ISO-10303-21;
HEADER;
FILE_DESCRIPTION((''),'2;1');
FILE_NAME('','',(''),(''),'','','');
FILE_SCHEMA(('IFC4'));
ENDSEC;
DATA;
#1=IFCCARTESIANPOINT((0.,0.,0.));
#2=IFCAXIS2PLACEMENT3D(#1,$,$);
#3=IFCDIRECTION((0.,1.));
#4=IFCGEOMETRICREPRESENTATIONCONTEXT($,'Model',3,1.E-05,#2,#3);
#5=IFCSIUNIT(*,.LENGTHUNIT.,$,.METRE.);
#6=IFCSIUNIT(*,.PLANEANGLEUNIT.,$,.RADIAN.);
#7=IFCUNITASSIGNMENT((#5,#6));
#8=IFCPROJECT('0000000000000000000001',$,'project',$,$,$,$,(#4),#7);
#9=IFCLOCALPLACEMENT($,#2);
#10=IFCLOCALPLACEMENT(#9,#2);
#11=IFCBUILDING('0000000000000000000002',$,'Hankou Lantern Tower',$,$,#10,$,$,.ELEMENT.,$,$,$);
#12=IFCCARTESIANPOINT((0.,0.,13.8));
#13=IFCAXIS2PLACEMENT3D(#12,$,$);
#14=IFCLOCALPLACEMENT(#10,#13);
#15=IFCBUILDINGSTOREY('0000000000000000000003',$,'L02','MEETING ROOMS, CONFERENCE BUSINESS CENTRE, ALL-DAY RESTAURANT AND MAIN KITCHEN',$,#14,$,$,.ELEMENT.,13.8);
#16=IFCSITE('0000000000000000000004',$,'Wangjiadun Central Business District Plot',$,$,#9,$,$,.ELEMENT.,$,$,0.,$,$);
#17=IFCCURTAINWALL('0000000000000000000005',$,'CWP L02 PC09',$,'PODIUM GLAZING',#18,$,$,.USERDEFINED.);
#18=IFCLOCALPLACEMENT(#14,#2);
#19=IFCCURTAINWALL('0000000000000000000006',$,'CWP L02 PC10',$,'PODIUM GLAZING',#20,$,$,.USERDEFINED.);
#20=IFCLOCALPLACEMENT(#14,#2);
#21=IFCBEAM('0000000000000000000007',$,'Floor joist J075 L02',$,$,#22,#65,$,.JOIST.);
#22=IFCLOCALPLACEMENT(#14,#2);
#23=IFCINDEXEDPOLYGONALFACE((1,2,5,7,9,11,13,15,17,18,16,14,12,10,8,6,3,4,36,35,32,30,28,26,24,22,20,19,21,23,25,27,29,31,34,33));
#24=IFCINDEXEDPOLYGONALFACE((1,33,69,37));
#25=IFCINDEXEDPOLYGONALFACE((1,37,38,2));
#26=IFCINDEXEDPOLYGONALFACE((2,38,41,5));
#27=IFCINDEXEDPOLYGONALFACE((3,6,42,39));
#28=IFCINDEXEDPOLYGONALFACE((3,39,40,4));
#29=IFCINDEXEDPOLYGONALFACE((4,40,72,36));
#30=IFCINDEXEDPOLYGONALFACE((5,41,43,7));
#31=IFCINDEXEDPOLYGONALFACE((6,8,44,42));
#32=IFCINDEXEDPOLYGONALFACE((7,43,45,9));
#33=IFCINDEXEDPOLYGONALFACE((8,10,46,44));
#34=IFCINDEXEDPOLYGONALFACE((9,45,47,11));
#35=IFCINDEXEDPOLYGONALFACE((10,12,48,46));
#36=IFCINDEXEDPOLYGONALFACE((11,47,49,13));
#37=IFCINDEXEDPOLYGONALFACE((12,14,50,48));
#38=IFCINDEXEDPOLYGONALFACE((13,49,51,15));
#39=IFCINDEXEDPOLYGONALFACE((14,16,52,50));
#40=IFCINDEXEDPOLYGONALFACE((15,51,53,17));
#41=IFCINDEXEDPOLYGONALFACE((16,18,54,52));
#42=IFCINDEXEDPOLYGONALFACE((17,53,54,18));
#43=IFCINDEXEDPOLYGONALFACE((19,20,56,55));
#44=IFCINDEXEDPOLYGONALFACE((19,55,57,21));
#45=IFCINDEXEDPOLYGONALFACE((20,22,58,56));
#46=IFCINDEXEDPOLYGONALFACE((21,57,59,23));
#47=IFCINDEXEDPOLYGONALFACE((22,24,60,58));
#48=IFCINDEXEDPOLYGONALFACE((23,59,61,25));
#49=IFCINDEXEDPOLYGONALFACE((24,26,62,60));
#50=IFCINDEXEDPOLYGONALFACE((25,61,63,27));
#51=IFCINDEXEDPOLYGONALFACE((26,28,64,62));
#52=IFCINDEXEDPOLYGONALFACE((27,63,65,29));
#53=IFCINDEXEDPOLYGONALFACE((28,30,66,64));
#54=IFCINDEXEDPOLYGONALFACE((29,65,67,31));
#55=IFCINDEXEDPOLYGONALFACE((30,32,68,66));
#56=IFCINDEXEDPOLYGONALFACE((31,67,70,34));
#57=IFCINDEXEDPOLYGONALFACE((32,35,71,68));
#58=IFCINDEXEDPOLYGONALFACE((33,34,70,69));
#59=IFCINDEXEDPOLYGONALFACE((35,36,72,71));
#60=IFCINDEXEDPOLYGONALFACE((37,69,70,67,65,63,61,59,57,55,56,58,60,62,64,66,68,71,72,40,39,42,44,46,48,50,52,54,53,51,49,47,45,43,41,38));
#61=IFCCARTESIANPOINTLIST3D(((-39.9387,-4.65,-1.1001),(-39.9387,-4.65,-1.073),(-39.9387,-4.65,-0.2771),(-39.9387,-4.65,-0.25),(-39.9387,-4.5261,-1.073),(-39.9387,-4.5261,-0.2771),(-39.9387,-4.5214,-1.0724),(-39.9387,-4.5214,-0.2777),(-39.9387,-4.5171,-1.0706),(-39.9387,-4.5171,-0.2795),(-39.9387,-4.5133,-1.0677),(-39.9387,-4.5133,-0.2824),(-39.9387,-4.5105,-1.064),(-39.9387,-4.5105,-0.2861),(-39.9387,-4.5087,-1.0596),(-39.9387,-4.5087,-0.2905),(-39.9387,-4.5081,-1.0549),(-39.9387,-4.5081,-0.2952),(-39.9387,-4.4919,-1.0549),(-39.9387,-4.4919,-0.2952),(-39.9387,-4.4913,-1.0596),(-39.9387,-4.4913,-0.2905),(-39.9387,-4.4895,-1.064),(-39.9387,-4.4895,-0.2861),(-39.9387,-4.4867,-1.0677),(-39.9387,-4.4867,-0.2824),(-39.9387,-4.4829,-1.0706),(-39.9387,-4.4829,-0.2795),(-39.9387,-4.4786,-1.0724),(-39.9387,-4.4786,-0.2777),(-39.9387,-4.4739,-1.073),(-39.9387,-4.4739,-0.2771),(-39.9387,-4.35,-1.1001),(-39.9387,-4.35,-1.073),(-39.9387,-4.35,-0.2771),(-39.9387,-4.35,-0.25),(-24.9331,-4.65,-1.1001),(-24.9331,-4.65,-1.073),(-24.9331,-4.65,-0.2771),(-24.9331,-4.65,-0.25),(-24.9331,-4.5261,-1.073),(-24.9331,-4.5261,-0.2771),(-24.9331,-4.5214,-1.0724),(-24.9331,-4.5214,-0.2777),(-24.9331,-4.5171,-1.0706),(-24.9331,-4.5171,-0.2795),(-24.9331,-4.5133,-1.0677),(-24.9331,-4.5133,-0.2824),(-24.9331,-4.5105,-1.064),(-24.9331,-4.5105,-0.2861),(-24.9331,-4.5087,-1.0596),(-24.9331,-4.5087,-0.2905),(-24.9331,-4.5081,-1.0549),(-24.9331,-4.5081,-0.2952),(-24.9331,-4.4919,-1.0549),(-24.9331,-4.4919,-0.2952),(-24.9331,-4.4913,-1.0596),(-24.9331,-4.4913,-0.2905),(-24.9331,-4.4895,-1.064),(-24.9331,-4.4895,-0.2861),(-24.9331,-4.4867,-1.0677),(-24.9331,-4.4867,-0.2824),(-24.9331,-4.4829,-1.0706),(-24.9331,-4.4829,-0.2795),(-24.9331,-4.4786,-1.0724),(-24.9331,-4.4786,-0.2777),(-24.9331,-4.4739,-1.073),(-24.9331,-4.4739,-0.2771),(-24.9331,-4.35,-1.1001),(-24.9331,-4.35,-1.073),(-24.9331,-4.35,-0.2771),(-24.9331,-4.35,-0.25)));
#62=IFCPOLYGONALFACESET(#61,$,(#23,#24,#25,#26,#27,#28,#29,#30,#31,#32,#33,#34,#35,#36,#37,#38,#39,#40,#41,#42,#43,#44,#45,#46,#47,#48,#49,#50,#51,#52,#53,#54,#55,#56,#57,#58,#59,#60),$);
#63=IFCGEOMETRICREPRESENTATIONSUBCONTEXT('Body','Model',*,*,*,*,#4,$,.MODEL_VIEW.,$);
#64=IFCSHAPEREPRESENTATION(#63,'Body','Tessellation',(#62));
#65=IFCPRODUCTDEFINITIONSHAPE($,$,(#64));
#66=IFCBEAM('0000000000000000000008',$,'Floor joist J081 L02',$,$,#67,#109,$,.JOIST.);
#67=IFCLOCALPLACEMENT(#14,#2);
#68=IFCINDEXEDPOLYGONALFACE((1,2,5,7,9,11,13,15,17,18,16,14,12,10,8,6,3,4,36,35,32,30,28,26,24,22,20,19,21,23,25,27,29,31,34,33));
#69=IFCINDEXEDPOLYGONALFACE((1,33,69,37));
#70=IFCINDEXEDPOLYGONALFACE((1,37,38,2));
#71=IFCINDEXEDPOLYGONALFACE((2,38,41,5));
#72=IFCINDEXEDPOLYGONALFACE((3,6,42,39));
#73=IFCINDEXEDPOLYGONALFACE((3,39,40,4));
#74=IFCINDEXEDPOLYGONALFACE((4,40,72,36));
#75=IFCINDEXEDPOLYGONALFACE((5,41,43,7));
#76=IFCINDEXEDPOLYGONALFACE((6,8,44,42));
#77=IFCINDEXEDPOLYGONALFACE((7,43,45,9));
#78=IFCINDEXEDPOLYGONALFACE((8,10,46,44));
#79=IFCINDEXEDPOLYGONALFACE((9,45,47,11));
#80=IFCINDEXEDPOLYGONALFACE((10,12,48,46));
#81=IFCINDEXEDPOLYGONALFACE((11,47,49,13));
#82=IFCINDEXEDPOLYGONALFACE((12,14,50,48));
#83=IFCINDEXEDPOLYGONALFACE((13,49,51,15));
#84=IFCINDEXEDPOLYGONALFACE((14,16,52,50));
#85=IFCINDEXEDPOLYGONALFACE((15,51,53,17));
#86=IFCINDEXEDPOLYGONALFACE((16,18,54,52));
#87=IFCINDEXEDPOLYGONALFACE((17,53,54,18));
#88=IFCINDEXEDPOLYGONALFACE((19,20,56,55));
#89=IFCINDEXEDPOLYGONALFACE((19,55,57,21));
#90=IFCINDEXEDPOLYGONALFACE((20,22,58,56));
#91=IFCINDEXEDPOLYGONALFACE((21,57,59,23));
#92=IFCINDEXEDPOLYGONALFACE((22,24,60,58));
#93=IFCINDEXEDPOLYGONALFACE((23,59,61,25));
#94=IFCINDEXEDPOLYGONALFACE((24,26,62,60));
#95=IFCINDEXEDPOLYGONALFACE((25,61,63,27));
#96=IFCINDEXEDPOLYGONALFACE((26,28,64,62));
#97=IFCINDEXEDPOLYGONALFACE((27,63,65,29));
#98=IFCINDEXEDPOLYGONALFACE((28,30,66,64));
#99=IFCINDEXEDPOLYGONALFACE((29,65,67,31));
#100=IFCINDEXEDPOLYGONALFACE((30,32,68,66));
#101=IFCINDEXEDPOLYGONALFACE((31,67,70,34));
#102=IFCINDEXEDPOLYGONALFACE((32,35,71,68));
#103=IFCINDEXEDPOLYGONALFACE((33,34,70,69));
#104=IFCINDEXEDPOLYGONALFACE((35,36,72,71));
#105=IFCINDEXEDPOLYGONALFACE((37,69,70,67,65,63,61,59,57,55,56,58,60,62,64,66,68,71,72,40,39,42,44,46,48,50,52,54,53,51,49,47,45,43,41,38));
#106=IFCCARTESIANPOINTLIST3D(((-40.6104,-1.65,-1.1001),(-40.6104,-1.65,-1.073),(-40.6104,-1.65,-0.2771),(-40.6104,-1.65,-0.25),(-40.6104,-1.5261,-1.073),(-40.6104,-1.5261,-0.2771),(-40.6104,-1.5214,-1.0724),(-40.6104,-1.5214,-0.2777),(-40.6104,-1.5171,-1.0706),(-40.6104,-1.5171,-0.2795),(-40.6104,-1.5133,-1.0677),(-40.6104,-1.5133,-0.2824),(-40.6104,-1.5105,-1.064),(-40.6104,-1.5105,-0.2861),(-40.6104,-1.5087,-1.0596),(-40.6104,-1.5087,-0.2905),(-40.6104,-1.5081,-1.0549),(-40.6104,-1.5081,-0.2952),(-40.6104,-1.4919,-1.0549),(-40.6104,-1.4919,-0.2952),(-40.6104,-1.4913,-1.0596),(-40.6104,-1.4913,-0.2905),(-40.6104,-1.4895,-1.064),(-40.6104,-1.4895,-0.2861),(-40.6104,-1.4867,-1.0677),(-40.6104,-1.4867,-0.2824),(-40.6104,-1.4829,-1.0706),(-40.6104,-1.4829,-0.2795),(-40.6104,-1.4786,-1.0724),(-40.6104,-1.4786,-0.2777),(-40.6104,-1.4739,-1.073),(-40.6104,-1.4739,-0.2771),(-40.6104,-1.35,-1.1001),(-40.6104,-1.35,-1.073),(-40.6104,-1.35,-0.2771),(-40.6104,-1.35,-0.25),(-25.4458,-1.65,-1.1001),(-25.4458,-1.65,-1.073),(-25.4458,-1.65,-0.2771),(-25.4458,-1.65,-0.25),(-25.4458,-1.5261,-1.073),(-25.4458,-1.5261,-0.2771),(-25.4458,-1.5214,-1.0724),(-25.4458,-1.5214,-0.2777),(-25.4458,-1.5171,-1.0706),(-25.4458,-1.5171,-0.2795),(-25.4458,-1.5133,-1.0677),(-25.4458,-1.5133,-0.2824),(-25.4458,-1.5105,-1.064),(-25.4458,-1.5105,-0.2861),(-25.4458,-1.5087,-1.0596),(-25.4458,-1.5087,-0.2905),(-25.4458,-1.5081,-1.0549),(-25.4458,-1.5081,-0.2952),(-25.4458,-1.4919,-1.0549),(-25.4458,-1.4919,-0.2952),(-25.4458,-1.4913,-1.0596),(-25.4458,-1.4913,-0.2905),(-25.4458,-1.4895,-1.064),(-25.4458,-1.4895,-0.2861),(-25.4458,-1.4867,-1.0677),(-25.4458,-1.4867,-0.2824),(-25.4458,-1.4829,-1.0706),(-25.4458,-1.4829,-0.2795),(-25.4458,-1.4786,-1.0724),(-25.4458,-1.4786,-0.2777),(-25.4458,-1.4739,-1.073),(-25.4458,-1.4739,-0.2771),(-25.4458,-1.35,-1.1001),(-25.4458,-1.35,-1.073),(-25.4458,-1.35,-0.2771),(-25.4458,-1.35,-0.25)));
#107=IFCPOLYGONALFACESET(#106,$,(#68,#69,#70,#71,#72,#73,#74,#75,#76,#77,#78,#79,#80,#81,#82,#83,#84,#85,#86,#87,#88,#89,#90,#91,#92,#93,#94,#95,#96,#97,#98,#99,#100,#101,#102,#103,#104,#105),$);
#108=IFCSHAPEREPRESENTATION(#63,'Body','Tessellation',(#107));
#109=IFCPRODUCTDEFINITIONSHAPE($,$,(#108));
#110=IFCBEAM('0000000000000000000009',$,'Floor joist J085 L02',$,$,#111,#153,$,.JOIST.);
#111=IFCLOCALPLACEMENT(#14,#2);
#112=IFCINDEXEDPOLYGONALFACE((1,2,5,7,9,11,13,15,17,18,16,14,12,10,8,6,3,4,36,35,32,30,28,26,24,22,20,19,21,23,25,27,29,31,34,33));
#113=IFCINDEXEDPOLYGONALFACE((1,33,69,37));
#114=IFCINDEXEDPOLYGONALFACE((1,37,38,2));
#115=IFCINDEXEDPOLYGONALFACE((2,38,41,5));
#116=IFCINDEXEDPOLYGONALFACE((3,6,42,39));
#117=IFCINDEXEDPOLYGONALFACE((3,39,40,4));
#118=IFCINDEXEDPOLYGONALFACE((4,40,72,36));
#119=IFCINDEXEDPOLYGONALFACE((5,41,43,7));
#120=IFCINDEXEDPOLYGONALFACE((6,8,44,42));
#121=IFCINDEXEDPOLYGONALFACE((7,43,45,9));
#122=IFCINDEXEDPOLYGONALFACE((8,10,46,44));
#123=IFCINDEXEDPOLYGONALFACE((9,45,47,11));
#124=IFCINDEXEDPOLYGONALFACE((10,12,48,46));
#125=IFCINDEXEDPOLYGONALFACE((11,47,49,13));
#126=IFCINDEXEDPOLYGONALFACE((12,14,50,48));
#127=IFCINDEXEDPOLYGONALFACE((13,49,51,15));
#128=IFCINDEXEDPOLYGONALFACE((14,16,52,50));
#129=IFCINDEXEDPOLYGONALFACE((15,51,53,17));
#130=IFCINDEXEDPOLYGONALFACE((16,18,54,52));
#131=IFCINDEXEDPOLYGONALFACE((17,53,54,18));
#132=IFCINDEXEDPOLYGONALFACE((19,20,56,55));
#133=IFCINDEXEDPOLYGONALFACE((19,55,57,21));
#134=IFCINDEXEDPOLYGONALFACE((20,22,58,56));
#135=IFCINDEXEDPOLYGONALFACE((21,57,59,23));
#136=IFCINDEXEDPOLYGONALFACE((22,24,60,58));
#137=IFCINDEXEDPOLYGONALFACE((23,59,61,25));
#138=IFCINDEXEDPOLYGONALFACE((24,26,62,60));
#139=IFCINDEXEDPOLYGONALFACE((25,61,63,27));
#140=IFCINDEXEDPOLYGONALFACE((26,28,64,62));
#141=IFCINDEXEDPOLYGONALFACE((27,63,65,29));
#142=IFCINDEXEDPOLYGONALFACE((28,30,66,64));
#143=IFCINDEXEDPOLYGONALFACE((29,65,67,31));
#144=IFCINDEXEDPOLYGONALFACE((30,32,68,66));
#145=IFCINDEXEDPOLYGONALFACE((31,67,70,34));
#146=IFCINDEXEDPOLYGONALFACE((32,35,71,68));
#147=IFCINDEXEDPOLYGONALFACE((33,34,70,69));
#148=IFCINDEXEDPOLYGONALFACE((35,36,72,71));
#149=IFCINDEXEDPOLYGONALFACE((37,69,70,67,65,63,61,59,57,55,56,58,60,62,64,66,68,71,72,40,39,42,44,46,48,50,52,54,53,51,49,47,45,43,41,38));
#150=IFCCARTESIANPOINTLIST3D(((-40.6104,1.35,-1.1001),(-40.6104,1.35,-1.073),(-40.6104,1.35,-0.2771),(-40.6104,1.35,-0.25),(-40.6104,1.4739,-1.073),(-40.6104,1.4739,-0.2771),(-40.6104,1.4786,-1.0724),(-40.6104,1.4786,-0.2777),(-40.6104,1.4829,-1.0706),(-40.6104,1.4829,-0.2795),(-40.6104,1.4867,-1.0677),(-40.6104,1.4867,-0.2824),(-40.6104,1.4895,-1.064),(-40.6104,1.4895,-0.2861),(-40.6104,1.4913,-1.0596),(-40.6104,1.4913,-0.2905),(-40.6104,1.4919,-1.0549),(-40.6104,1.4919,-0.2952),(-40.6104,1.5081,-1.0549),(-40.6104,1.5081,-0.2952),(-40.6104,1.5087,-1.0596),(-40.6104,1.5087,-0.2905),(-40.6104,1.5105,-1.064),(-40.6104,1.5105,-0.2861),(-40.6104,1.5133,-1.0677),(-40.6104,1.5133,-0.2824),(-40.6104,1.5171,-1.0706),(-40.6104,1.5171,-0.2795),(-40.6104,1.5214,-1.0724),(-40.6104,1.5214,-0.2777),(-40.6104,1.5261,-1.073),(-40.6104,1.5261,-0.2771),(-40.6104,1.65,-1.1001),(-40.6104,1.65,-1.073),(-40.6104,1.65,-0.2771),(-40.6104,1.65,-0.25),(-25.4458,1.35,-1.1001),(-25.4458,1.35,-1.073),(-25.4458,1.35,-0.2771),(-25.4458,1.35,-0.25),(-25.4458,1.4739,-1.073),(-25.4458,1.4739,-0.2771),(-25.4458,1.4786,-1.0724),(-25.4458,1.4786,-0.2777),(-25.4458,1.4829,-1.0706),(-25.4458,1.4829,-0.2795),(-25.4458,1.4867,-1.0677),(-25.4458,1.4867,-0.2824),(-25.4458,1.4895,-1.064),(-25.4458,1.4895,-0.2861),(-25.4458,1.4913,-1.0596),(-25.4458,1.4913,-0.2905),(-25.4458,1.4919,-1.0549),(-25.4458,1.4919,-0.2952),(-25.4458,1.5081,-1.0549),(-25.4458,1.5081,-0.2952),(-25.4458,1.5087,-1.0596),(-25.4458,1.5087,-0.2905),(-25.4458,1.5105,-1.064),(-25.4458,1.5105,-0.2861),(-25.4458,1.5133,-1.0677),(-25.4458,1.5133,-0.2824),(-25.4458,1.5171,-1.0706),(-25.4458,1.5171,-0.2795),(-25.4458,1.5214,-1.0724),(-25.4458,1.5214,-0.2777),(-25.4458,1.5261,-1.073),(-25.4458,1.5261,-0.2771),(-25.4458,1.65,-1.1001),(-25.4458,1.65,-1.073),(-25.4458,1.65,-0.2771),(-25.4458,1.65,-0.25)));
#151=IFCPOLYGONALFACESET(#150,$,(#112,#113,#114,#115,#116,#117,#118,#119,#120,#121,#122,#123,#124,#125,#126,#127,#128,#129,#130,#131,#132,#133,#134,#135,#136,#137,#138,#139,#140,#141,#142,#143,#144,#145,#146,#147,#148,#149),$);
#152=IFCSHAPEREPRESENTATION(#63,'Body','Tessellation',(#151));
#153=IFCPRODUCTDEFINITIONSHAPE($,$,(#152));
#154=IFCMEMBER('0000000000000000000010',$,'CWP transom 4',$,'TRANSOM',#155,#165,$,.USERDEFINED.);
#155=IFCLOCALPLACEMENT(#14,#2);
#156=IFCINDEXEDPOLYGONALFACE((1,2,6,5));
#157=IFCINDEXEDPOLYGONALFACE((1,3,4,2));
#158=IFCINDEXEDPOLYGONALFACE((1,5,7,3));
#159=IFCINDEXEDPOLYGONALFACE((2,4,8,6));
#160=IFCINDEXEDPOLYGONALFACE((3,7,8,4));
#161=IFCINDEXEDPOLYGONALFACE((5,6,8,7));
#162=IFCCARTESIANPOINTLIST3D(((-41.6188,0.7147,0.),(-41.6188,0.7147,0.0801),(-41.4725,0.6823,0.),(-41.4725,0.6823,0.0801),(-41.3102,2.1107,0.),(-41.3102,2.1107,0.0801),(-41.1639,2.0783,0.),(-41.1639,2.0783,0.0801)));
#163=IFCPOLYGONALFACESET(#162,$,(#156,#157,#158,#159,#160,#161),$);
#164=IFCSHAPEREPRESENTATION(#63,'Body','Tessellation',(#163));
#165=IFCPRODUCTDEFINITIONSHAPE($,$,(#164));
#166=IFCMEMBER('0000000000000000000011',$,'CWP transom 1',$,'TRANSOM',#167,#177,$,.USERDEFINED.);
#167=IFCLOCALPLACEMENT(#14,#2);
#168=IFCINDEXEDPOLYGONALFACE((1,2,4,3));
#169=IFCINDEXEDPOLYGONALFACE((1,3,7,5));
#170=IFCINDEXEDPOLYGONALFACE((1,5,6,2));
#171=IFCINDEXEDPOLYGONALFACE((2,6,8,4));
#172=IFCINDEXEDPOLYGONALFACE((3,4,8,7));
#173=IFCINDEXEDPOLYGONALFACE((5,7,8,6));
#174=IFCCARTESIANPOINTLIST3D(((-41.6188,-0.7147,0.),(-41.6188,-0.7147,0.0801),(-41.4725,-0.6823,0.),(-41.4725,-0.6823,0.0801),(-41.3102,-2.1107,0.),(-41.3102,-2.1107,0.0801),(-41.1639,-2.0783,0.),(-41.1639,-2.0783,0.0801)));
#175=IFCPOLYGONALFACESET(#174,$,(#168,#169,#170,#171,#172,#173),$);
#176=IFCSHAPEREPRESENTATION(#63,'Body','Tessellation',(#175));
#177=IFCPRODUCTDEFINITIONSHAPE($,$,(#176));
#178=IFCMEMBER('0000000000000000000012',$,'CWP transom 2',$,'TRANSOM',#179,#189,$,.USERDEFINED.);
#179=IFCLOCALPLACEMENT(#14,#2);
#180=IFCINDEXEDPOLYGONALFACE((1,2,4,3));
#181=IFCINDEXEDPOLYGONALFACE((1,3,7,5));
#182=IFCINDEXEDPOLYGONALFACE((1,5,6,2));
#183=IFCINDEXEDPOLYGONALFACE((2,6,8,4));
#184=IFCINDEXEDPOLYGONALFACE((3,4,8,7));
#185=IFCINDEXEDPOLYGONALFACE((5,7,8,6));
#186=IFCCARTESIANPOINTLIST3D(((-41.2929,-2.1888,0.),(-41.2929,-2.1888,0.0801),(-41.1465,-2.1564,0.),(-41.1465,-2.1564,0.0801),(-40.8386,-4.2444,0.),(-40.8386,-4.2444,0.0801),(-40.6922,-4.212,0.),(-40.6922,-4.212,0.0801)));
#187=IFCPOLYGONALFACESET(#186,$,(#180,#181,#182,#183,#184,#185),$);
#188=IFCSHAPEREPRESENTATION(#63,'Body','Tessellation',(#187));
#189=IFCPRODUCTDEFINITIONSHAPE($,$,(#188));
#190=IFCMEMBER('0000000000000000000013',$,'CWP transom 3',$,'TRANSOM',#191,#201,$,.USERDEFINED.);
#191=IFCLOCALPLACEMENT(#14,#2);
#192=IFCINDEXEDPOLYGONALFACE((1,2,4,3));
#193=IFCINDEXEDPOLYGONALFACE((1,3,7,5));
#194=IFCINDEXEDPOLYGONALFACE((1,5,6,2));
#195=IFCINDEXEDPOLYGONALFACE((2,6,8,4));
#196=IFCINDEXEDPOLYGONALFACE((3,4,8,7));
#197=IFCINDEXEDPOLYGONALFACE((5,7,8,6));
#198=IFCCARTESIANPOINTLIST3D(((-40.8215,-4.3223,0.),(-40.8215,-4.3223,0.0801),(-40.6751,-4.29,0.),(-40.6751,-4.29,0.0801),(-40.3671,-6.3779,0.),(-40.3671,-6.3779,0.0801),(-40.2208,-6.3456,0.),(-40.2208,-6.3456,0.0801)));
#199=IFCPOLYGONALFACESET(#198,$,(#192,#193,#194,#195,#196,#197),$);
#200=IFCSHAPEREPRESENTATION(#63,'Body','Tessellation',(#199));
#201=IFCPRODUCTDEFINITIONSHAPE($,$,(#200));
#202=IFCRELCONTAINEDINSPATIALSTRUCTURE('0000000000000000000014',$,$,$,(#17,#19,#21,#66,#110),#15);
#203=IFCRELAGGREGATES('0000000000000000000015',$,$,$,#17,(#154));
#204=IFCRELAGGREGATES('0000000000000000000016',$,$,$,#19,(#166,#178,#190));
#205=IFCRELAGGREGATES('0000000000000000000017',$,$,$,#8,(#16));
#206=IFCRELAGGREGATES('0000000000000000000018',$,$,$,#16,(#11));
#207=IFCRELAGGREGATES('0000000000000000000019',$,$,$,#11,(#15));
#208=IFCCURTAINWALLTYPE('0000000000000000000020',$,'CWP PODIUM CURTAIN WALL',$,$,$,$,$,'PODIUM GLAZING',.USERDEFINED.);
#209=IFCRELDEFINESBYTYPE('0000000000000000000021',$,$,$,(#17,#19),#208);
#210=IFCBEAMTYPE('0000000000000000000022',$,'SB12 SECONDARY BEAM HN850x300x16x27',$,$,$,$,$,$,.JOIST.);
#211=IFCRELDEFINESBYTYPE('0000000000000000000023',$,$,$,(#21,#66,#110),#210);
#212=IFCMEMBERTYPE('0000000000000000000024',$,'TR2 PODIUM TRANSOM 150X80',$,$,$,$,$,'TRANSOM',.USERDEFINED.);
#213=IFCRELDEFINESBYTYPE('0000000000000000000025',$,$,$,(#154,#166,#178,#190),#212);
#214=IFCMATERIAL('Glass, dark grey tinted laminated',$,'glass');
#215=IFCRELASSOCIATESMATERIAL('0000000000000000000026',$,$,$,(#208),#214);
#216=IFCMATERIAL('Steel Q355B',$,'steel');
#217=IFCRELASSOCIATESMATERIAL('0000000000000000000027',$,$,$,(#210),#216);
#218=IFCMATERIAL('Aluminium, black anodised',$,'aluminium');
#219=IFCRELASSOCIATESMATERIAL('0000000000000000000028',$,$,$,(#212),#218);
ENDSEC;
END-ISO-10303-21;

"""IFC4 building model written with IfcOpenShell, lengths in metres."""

from ifc_helpers import new_model, si_unit, direction, frame, origin, origin_2d, place, context, subcontext, project, spatial, rectangle, i_section, extrude, material, material_profile, profile_set, type_object, element, aggregate, save


model = new_model("IFC4")

# Units and contexts
model_context = context("Model", 3, precision=1e-05, world=origin(), true_north=direction((0.0, 1.0)))
body_context = subcontext(model_context, "Body", "Model", "MODEL_VIEW")
ifc_project = project(units=[si_unit("LENGTHUNIT", "METRE"), si_unit("PLANEANGLEUNIT", "RADIAN")], contexts=[model_context])

# Site, building, storey
site_placement = place(None, origin())
site = spatial("IfcSite", under=ifc_project, at=site_placement, Name="Wangjiadun Central Business District Plot", CompositionType="ELEMENT", RefElevation=0.0)
building_placement = place(site_placement, origin())
building = spatial("IfcBuilding", under=site, at=building_placement, Name="Hankou Lantern Tower", CompositionType="ELEMENT")
storey_placement = place(building_placement, frame((0.0, 0.0, 13.8)))
storey = spatial("IfcBuildingStorey", under=building, at=storey_placement, Name="L02", Description="MEETING ROOMS, CONFERENCE BUSINESS CENTRE, ALL-DAY RESTAURANT AND MAIN KITCHEN", CompositionType="ELEMENT", Elevation=13.8)

# Curtain walls
ifc_material_1 = material(Name="Glass, dark grey tinted laminated", Category="glass")
curtain_wall_type = type_object("IfcCurtainWallType", Name="CWP PODIUM CURTAIN WALL", ElementType="PODIUM GLAZING", PredefinedType="USERDEFINED", material=ifc_material_1)
curtain_wall_1_placement = place(storey_placement, origin())
curtain_wall_1 = element("IfcCurtainWall", 1, at=curtain_wall_1_placement, inside=storey, type_object=curtain_wall_type, Name="CWP L02 PC09", ObjectType="PODIUM GLAZING", PredefinedType="USERDEFINED")
curtain_wall_2_placement = place(storey_placement, origin())
curtain_wall_2 = element("IfcCurtainWall", 2, at=curtain_wall_2_placement, inside=storey, type_object=curtain_wall_type, Name="CWP L02 PC10", ObjectType="PODIUM GLAZING", PredefinedType="USERDEFINED")

# Beams
ifc_material_2 = material(Name="Steel Q355B", Category="steel")
ifc_material_profile_1 = material_profile(ifc_material_2, i_section(OverallWidth=0.3, OverallDepth=0.8501, WebThickness=0.0161, FlangeThickness=0.0271, FilletRadius=0.0181, at=origin_2d()), Name="HN850x300x16x27")
ifc_profile_set_1 = profile_set([ifc_material_profile_1], Name="Steel Q355B")
beam_type_1 = type_object("IfcBeamType", Name="SB12 SECONDARY BEAM HN850x300x16x27", PredefinedType="JOIST", material=ifc_profile_set_1)
beam_1_placement = place(storey_placement, frame((-39.9387, -4.5, -0.675), z_axis=(1.0, 0.0, 0.0), x_axis=(0.0, 1.0, 0.0)))
element("IfcBeam", 3, at=beam_1_placement, inside=storey, type_object=beam_type_1, Name="Floor joist J075 L02", PredefinedType="JOIST", context=body_context, shape_type="SweptSolid", body=[
    extrude(i_section(OverallWidth=0.3, OverallDepth=0.8501, WebThickness=0.0161, FlangeThickness=0.0271, FilletRadius=0.0181, at=origin_2d()), origin(), (0.0, 0.0, 1.0), 15.0056),
])
for number, where, z_axis, x_axis, name in (
    (4, (-40.6104, -1.5, -0.675), (1.0, 0.0, 0.0), (0.0, 1.0, 0.0), "Floor joist J081 L02"),
    (5, (-40.6104, 1.5, -0.675), (1.0, 0.0, 0.0), (0.0, 1.0, 0.0), "Floor joist J085 L02"),
):
    element("IfcBeam", number, at=place(storey_placement, frame(where, z_axis=z_axis, x_axis=x_axis)), inside=storey, type_object=beam_type_1, Name=name, PredefinedType="JOIST", context=body_context, shape_type="SweptSolid", body=[
        extrude(i_section(OverallWidth=0.3, OverallDepth=0.8501, WebThickness=0.0161, FlangeThickness=0.0271, FilletRadius=0.0181, at=origin_2d()), origin(), (0.0, 0.0, 1.0), 15.1646),
    ])

# Members
ifc_material_3 = material(Name="Aluminium, black anodised", Category="aluminium")
ifc_material_profile_2 = material_profile(ifc_material_3, rectangle(XDim=0.1499, YDim=0.0801, at=origin_2d()), Name="TR2 150X80")
ifc_profile_set_2 = profile_set([ifc_material_profile_2], Name="Aluminium, black anodised")
member_type_1 = type_object("IfcMemberType", Name="TR2 PODIUM TRANSOM 150X80", ElementType="TRANSOM", PredefinedType="USERDEFINED", material=ifc_profile_set_2)
member_1_placement = place(storey_placement, frame((-41.2371, 2.0945, 0.04), z_axis=(-0.215845, -0.976428, 0.0), x_axis=(0.976428, -0.215845, 0.0)))
member_1 = element("IfcMember", 6, at=member_1_placement, type_object=member_type_1, Name="CWP transom 4", ObjectType="TRANSOM", PredefinedType="USERDEFINED", context=body_context, shape_type="SweptSolid", body=[
    extrude(rectangle(XDim=0.1499, YDim=0.0801, at=origin_2d()), origin(), (0.0, 0.0, 1.0), 1.4297),
])
member_2_placement = place(storey_placement, frame((-41.5457, -0.6985, 0.04), z_axis=(0.215845, -0.976428, 0.0), x_axis=(0.976428, 0.215845, 0.0)))
member_2 = element("IfcMember", 7, at=member_2_placement, type_object=member_type_1, Name="CWP transom 1", ObjectType="TRANSOM", PredefinedType="USERDEFINED", context=body_context, shape_type="SweptSolid", body=[
    extrude(rectangle(XDim=0.1499, YDim=0.0801, at=origin_2d()), origin(), (0.0, 0.0, 1.0), 1.4297),
])
member_3_placement = place(storey_placement, frame((-41.2197, -2.1726, 0.04), z_axis=(0.215813, -0.976435, 0.0), x_axis=(0.976435, 0.215813, 0.0)))
member_3 = element("IfcMember", 8, at=member_3_placement, type_object=member_type_1, Name="CWP transom 2", ObjectType="TRANSOM", PredefinedType="USERDEFINED", context=body_context, shape_type="SweptSolid", body=[
    extrude(rectangle(XDim=0.1499, YDim=0.0801, at=origin_2d()), origin(), (0.0, 0.0, 1.0), 2.1052),
])
member_4_placement = place(storey_placement, frame((-40.7483, -4.3062, 0.04), z_axis=(0.215813, -0.976435, 0.0), x_axis=(0.976435, 0.215813, 0.0)))
member_4 = element("IfcMember", 9, at=member_4_placement, type_object=member_type_1, Name="CWP transom 3", ObjectType="TRANSOM", PredefinedType="USERDEFINED", context=body_context, shape_type="SweptSolid", body=[
    extrude(rectangle(XDim=0.1499, YDim=0.0801, at=origin_2d()), origin(), (0.0, 0.0, 1.0), 2.1052),
])

aggregate(curtain_wall_1, [member_1])
aggregate(curtain_wall_2, [member_2, member_3, member_4])

save(model, "model.ifc")
